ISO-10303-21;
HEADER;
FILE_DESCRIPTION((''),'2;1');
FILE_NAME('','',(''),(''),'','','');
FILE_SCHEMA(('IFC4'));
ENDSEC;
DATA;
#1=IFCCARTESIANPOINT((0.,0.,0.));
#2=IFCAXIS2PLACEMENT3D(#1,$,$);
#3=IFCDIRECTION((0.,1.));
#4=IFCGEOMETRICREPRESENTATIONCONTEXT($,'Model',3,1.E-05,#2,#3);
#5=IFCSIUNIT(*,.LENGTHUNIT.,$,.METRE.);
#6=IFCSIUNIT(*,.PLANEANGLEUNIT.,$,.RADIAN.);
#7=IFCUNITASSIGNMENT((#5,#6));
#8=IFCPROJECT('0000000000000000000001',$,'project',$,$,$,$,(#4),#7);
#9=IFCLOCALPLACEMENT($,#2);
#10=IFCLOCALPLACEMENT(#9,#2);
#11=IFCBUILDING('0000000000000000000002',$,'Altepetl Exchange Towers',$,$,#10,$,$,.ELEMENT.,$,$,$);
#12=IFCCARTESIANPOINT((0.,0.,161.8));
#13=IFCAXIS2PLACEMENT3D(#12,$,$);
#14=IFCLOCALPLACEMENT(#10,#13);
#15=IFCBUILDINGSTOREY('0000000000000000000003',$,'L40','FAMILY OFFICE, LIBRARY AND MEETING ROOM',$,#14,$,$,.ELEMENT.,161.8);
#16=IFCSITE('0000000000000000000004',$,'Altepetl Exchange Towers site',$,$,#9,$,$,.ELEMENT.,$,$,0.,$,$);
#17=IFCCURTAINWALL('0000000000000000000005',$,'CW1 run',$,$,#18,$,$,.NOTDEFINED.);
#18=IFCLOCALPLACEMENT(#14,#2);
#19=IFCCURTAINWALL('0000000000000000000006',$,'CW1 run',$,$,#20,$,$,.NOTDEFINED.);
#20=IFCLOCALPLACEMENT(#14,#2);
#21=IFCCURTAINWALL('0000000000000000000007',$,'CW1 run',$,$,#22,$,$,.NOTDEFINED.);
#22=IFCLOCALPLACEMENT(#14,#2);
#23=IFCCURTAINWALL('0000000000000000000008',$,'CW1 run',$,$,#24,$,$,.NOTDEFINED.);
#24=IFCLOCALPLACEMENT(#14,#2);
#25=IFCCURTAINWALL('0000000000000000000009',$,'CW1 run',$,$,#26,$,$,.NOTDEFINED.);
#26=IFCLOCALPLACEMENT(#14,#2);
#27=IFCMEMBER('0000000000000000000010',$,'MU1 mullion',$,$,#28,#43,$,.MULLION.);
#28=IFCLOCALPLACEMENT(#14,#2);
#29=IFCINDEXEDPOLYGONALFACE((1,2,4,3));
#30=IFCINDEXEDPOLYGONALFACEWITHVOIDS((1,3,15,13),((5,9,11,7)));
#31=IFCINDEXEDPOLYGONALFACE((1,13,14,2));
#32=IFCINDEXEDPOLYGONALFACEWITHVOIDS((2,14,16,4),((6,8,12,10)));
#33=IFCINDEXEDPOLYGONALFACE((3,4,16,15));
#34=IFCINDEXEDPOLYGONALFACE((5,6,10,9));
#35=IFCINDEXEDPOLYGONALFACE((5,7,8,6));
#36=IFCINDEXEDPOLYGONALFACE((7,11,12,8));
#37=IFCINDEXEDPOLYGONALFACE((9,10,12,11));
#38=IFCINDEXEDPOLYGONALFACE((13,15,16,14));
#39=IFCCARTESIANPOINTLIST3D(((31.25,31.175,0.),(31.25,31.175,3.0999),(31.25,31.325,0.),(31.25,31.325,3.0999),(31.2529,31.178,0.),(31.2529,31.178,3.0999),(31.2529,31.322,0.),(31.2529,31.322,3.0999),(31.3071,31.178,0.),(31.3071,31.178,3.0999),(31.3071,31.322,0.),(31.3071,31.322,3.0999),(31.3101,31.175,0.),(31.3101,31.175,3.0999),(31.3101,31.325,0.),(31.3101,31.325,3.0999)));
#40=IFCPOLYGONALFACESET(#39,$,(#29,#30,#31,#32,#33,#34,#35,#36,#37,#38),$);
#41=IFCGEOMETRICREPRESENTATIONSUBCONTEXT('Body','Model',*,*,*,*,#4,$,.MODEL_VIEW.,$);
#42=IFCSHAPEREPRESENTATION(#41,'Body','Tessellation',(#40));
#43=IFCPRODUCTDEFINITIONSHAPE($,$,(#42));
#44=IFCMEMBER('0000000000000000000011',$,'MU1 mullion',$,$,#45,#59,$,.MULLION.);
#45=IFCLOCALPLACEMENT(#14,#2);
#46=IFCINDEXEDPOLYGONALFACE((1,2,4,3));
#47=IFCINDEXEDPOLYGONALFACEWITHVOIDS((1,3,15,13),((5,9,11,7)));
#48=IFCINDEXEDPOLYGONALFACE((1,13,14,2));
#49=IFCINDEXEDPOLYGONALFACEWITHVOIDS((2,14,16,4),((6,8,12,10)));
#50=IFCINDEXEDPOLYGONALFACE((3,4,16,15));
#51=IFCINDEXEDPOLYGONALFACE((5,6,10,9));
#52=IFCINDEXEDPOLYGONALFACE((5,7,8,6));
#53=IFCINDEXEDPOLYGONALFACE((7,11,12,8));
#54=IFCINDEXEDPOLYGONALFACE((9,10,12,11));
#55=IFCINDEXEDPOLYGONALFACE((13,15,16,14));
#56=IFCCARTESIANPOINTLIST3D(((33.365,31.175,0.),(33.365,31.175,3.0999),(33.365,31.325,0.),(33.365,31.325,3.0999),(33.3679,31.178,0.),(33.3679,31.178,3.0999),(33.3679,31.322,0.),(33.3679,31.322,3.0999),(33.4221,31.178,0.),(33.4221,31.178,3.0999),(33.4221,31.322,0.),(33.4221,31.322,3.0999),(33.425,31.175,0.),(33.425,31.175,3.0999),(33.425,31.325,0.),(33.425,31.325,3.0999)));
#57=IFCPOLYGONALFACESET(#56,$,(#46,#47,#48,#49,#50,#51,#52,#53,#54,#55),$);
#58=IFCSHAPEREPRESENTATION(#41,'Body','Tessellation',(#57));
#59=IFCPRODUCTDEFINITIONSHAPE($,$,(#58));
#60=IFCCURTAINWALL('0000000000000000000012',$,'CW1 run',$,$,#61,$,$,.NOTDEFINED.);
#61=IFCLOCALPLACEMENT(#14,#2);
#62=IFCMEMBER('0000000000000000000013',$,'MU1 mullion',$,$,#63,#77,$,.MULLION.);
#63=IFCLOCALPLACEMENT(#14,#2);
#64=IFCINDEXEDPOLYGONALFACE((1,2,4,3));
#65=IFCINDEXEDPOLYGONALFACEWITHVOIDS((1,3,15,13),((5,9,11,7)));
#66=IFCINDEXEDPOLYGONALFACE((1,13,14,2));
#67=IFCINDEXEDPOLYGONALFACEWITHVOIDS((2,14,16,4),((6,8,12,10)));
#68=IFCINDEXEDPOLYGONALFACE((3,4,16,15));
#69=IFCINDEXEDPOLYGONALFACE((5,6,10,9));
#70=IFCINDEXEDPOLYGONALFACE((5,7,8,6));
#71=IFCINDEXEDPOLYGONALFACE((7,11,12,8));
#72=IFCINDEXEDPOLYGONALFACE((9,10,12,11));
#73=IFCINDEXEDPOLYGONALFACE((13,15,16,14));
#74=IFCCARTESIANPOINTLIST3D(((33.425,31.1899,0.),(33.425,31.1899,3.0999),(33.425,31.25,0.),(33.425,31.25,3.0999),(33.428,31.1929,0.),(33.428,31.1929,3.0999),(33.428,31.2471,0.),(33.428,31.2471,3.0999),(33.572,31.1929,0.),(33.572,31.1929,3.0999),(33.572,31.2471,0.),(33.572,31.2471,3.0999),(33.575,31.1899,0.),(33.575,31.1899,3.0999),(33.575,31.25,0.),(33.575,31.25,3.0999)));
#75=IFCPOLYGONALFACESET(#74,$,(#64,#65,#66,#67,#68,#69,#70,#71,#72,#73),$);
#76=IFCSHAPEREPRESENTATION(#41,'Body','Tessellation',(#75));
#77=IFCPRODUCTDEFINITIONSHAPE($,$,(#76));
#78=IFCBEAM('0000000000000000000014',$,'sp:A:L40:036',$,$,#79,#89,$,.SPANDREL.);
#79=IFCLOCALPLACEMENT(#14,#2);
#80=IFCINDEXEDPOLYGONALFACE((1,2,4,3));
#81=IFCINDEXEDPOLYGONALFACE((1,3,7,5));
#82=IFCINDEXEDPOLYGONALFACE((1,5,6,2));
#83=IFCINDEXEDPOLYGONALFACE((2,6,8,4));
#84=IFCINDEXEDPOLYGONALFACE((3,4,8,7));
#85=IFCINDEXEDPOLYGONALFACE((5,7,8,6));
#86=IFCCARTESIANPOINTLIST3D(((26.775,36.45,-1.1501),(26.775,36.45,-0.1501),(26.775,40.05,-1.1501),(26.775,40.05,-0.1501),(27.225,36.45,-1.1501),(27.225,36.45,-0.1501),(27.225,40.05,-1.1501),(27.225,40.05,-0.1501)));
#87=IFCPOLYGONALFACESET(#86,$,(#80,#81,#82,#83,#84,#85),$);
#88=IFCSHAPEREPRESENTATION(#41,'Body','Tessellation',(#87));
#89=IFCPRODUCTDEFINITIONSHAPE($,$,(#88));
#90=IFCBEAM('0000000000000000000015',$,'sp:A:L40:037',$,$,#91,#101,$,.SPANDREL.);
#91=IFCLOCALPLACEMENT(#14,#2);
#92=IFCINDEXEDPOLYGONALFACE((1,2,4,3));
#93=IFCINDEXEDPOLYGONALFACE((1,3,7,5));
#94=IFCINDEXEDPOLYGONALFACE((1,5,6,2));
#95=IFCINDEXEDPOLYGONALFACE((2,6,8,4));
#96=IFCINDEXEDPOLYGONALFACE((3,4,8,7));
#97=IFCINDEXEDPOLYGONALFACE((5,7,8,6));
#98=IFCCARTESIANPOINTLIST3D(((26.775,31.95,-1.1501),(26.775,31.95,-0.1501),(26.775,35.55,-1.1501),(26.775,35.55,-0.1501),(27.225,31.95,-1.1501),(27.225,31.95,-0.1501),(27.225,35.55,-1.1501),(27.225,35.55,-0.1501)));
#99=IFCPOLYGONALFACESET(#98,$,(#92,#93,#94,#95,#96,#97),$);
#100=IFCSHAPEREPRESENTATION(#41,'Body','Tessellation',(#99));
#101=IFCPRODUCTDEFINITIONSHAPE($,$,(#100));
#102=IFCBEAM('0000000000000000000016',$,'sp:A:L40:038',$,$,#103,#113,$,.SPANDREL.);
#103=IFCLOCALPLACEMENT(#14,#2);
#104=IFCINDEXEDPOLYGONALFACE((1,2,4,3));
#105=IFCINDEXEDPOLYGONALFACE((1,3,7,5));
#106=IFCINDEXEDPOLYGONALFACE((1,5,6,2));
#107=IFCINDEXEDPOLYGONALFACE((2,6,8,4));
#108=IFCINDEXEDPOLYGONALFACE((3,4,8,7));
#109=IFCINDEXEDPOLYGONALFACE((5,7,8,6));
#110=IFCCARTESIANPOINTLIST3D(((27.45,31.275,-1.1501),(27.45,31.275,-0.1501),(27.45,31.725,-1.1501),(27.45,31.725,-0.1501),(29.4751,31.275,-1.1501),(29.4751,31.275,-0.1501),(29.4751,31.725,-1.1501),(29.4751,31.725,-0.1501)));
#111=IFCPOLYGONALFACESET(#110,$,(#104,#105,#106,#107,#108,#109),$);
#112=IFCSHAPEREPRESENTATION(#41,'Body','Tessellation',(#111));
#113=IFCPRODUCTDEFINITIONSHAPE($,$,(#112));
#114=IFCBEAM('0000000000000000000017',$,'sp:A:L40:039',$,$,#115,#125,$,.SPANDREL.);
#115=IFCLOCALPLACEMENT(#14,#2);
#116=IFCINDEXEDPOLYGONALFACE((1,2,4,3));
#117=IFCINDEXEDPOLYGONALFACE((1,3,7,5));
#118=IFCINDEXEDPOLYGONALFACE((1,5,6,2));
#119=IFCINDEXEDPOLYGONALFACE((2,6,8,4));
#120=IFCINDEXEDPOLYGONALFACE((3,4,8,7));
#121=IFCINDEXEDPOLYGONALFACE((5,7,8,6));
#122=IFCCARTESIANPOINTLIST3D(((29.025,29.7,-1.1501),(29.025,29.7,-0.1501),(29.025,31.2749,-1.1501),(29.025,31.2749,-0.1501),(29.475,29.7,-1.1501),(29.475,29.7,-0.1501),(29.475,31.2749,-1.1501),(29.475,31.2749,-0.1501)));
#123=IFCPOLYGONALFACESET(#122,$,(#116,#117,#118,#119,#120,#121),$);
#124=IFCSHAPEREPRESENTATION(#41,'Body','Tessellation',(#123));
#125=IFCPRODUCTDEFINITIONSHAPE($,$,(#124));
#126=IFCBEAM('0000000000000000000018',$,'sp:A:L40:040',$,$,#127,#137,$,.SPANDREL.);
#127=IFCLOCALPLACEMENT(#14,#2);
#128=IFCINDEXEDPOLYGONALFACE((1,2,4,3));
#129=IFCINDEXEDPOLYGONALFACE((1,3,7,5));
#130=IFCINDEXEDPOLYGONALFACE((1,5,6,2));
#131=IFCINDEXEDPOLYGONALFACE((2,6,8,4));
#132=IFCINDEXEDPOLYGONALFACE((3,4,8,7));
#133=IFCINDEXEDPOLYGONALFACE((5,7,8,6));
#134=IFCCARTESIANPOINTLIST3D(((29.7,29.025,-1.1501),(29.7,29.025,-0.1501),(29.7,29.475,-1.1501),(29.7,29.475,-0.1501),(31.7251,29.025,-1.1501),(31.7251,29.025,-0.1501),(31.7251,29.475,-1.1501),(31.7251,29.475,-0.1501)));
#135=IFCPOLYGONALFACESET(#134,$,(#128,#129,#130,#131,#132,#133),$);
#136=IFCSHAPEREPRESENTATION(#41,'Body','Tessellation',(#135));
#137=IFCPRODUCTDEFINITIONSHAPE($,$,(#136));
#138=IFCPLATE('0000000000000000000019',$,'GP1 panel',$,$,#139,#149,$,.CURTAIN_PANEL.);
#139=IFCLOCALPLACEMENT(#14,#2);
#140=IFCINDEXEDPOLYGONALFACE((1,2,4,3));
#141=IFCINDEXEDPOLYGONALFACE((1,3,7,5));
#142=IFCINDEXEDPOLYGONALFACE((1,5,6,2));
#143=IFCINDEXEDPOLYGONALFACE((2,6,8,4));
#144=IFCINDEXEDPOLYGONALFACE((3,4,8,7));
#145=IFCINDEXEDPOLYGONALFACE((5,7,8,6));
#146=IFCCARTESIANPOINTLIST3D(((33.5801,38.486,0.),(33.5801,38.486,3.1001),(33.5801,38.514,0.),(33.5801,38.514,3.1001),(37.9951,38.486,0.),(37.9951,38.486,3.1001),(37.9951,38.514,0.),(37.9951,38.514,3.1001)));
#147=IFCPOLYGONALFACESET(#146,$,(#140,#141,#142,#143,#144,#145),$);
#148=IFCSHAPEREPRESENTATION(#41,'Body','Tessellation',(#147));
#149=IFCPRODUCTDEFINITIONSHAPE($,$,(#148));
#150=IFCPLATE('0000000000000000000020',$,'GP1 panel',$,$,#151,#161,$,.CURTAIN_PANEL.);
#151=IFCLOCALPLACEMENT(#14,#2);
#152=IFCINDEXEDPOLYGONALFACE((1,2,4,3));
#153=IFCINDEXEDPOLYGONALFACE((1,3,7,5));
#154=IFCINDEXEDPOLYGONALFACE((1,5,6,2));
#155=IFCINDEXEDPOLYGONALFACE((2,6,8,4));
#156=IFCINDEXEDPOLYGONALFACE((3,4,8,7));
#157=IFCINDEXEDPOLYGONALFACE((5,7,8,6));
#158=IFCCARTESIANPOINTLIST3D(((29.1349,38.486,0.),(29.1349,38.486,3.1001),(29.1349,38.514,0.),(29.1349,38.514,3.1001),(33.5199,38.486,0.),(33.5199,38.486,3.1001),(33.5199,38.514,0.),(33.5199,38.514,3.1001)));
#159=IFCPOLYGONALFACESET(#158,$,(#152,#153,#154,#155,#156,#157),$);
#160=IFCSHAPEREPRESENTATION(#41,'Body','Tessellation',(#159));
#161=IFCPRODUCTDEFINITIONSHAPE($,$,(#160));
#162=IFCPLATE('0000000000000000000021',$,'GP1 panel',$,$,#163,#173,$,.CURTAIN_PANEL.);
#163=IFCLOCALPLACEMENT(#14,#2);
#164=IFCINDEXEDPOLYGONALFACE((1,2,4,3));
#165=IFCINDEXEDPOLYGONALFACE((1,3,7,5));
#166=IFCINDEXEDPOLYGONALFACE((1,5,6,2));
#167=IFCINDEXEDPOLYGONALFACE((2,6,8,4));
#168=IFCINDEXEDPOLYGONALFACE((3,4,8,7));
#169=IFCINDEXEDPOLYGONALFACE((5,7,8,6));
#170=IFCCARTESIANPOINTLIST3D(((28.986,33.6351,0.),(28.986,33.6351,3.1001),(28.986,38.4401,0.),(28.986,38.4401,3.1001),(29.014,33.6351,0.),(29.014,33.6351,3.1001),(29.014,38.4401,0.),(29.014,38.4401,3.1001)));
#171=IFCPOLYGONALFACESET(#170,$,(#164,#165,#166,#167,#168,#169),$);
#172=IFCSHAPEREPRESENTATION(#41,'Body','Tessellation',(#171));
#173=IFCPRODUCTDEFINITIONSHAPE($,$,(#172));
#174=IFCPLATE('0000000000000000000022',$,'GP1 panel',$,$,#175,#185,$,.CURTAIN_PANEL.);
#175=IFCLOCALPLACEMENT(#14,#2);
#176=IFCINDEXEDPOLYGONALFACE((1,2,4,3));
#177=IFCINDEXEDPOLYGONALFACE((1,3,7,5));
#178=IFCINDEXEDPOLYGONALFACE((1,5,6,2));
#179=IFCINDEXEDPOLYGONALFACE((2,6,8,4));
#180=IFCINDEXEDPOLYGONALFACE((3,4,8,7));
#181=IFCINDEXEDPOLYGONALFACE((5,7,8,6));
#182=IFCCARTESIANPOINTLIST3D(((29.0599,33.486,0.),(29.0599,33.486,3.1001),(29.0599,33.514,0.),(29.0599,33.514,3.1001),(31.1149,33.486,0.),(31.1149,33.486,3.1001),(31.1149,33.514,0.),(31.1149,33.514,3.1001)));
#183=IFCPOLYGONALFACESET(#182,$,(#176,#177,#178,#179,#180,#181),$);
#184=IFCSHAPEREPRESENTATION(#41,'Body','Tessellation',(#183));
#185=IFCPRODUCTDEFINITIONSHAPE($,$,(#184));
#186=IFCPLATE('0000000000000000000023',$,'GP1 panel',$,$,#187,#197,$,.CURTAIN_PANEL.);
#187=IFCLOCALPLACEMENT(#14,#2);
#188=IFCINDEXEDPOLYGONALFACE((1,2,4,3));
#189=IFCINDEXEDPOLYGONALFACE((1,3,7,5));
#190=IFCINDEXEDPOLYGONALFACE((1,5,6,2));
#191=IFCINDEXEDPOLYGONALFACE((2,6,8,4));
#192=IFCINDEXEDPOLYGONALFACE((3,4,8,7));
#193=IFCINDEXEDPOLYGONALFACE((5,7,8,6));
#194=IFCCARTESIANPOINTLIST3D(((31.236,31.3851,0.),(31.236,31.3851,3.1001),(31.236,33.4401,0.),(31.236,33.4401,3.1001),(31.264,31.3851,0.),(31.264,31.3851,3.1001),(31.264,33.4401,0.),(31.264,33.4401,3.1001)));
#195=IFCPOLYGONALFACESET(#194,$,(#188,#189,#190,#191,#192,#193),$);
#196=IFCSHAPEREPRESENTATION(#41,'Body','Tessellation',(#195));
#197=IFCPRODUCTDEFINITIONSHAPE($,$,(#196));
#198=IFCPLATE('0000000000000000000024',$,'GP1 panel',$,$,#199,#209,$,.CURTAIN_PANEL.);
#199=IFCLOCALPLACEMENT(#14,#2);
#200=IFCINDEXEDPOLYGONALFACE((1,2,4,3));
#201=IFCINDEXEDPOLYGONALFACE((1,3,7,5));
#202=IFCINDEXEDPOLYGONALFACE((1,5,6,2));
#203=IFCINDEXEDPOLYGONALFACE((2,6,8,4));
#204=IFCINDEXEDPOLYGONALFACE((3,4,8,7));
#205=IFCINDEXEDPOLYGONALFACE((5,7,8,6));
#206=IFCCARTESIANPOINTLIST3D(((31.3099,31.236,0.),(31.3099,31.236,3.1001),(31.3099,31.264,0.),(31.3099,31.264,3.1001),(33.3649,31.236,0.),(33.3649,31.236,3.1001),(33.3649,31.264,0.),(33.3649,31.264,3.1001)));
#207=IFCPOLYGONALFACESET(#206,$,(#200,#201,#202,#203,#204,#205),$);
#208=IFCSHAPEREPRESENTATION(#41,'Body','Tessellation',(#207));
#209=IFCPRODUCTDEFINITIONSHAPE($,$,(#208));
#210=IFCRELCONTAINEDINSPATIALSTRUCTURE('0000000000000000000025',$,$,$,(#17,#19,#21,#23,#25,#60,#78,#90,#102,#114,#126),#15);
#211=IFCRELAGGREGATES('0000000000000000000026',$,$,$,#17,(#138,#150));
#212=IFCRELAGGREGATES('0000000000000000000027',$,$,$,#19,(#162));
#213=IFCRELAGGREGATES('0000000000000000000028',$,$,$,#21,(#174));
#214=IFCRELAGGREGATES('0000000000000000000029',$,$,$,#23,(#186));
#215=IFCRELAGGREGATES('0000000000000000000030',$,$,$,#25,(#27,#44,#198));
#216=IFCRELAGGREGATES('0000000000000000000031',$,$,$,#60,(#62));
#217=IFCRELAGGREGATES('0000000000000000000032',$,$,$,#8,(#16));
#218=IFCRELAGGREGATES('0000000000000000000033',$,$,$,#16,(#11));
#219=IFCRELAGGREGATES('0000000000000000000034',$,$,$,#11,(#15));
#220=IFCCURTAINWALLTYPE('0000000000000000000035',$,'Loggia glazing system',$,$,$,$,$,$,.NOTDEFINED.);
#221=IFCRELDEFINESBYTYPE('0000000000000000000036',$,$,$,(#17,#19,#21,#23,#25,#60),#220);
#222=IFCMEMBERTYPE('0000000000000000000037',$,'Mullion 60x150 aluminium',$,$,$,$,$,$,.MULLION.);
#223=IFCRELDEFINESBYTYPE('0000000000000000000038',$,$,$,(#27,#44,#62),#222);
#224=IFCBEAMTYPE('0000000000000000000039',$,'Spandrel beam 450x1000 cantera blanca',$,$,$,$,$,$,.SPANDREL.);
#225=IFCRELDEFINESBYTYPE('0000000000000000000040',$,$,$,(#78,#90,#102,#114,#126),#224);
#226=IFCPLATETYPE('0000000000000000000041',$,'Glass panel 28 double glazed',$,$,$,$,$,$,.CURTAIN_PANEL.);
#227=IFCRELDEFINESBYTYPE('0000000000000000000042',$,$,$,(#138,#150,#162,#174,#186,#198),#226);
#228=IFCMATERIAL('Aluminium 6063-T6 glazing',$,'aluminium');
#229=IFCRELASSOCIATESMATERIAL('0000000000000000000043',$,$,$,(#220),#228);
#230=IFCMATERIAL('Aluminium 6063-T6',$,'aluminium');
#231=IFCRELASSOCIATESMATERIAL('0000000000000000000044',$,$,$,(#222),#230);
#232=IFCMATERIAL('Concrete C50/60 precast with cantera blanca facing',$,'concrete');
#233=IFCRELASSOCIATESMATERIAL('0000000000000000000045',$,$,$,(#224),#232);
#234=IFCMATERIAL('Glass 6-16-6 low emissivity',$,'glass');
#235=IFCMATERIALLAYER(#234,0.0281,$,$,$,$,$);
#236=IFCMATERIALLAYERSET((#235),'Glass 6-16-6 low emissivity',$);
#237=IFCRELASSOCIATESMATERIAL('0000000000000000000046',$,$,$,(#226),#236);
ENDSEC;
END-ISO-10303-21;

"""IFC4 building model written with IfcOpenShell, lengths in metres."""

from ifc_helpers import new_model, si_unit, direction, frame, origin, origin_2d, place, context, subcontext, project, spatial, rectangle, hollow_rectangle, extrude, material, layer, layer_set, material_profile, profile_set, type_object, element, aggregate, save


model = new_model("IFC4")

# Units and contexts
model_context = context("Model", 3, precision=1e-05, world=origin(), true_north=direction((0.0, 1.0)))
body_context = subcontext(model_context, "Body", "Model", "MODEL_VIEW")
ifc_project = project(units=[si_unit("LENGTHUNIT", "METRE"), si_unit("PLANEANGLEUNIT", "RADIAN")], contexts=[model_context])

# Site, building, storey
site_placement = place(None, origin())
site = spatial("IfcSite", under=ifc_project, at=site_placement, Name="Altepetl Exchange Towers site", CompositionType="ELEMENT", RefElevation=0.0)
building_placement = place(site_placement, origin())
building = spatial("IfcBuilding", under=site, at=building_placement, Name="Altepetl Exchange Towers", CompositionType="ELEMENT")
storey_placement = place(building_placement, frame((0.0, 0.0, 161.8)))
storey = spatial("IfcBuildingStorey", under=building, at=storey_placement, Name="L40", Description="FAMILY OFFICE, LIBRARY AND MEETING ROOM", CompositionType="ELEMENT", Elevation=161.8)

# Curtain walls, members
ifc_material_1 = material(Name="Aluminium 6063-T6 glazing", Category="aluminium")
curtain_wall_type = type_object("IfcCurtainWallType", Name="Loggia glazing system", PredefinedType="NOTDEFINED", material=ifc_material_1)
curtain_wall_1_placement = place(storey_placement, origin())
curtain_wall_1 = element("IfcCurtainWall", 1, at=curtain_wall_1_placement, inside=storey, type_object=curtain_wall_type, Name="CW1 run", PredefinedType="NOTDEFINED")
ifc_material_2 = material(Name="Aluminium 6063-T6", Category="aluminium")
ifc_material_profile_1 = material_profile(ifc_material_2, hollow_rectangle(XDim=0.0601, YDim=0.1499, WallThickness=0.0029, at=origin_2d()), Name="Mullion 60x150 aluminium")
ifc_profile_set_1 = profile_set([ifc_material_profile_1], Name="Aluminium 6063-T6")
member_type = type_object("IfcMemberType", Name="Mullion 60x150 aluminium", PredefinedType="MULLION", material=ifc_profile_set_1)
curtain_wall_2_placement = place(storey_placement, origin())
curtain_wall_2 = element("IfcCurtainWall", 2, at=curtain_wall_2_placement, inside=storey, type_object=curtain_wall_type, Name="CW1 run", PredefinedType="NOTDEFINED")
curtain_wall_3_placement = place(storey_placement, origin())
curtain_wall_3 = element("IfcCurtainWall", 3, at=curtain_wall_3_placement, inside=storey, type_object=curtain_wall_type, Name="CW1 run", PredefinedType="NOTDEFINED")
curtain_wall_4_placement = place(storey_placement, origin())
curtain_wall_4 = element("IfcCurtainWall", 4, at=curtain_wall_4_placement, inside=storey, type_object=curtain_wall_type, Name="CW1 run", PredefinedType="NOTDEFINED")
curtain_wall_5_placement = place(storey_placement, origin())
curtain_wall_5 = element("IfcCurtainWall", 5, at=curtain_wall_5_placement, inside=storey, type_object=curtain_wall_type, Name="CW1 run", PredefinedType="NOTDEFINED")
member_1_placement = place(storey_placement, frame((31.28, 31.25, 0.0)))
member_1 = element("IfcMember", 6, at=member_1_placement, type_object=member_type, Name="MU1 mullion", PredefinedType="MULLION", context=body_context, shape_type="SweptSolid", body=[
    extrude(hollow_rectangle(XDim=0.0601, YDim=0.1499, WallThickness=0.0029, at=origin_2d()), origin(), (0.0, 0.0, 1.0), 3.0999),
])
member_2_placement = place(storey_placement, frame((33.395, 31.25, 0.0)))
member_2 = element("IfcMember", 7, at=member_2_placement, type_object=member_type, Name="MU1 mullion", PredefinedType="MULLION", context=body_context, shape_type="SweptSolid", body=[
    extrude(hollow_rectangle(XDim=0.0601, YDim=0.1499, WallThickness=0.0029, at=origin_2d()), origin(), (0.0, 0.0, 1.0), 3.0999),
])

# Curtain wall, member
curtain_wall_6_placement = place(storey_placement, origin())
curtain_wall_6 = element("IfcCurtainWall", 8, at=curtain_wall_6_placement, inside=storey, type_object=curtain_wall_type, Name="CW1 run", PredefinedType="NOTDEFINED")
member_3_placement = place(storey_placement, frame((33.5, 31.22, 0.0), z_axis=(0.0, 0.0, 1.0), x_axis=(0.0, -1.0, 0.0)))
member_3 = element("IfcMember", 9, at=member_3_placement, type_object=member_type, Name="MU1 mullion", PredefinedType="MULLION", context=body_context, shape_type="SweptSolid", body=[
    extrude(hollow_rectangle(XDim=0.0601, YDim=0.1499, WallThickness=0.0029, at=origin_2d()), origin(), (0.0, 0.0, 1.0), 3.0999),
])

# Beams
ifc_material_3 = material(Name="Concrete C50/60 precast with cantera blanca facing", Category="concrete")
ifc_material_profile_2 = material_profile(ifc_material_3, rectangle(XDim=0.45, YDim=1.0, at=origin_2d()), Name="450 x 1000")
ifc_profile_set_2 = profile_set([ifc_material_profile_2], Name="Concrete C50/60 precast with cantera blanca facing")
beam_type_1 = type_object("IfcBeamType", Name="Spandrel beam 450x1000 cantera blanca", PredefinedType="SPANDREL", material=ifc_profile_set_2)
for number, where, z_axis, x_axis, name in (
    (10, (27.0, 40.05, -0.6501), (0.0, -1.0, 0.0), (1.0, 0.0, 0.0), "sp:A:L40:036"),
    (11, (27.0, 35.55, -0.6501), (0.0, -1.0, 0.0), (1.0, 0.0, 0.0), "sp:A:L40:037"),
):
    element("IfcBeam", number, at=place(storey_placement, frame(where, z_axis=z_axis, x_axis=x_axis)), inside=storey, type_object=beam_type_1, Name=name, PredefinedType="SPANDREL", context=body_context, shape_type="SweptSolid", body=[
        extrude(rectangle(XDim=0.45, YDim=1.0, at=origin_2d()), origin(), (0.0, 0.0, 1.0), 3.6001),
    ])
beam_1_placement = place(storey_placement, frame((27.45, 31.5, -0.6501), z_axis=(1.0, 0.0, 0.0), x_axis=(0.0, 1.0, 0.0)))
element("IfcBeam", 12, at=beam_1_placement, inside=storey, type_object=beam_type_1, Name="sp:A:L40:038", PredefinedType="SPANDREL", context=body_context, shape_type="SweptSolid", body=[
    extrude(rectangle(XDim=0.45, YDim=1.0, at=origin_2d()), origin(), (0.0, 0.0, 1.0), 2.0251),
])
beam_2_placement = place(storey_placement, frame((29.25, 31.2749, -0.6501), z_axis=(0.0, -1.0, 0.0), x_axis=(1.0, 0.0, 0.0)))
element("IfcBeam", 13, at=beam_2_placement, inside=storey, type_object=beam_type_1, Name="sp:A:L40:039", PredefinedType="SPANDREL", context=body_context, shape_type="SweptSolid", body=[
    extrude(rectangle(XDim=0.45, YDim=1.0, at=origin_2d()), origin(), (0.0, 0.0, 1.0), 1.575),
])
beam_3_placement = place(storey_placement, frame((29.7, 29.25, -0.6501), z_axis=(1.0, 0.0, 0.0), x_axis=(0.0, 1.0, 0.0)))
element("IfcBeam", 14, at=beam_3_placement, inside=storey, type_object=beam_type_1, Name="sp:A:L40:040", PredefinedType="SPANDREL", context=body_context, shape_type="SweptSolid", body=[
    extrude(rectangle(XDim=0.45, YDim=1.0, at=origin_2d()), origin(), (0.0, 0.0, 1.0), 2.0251),
])

# Plates
ifc_material_4 = material(Name="Glass 6-16-6 low emissivity", Category="glass")
ifc_layer = layer(ifc_material_4, 0.0281)
ifc_layer_set = layer_set([ifc_layer], Name="Glass 6-16-6 low emissivity")
plate_type = type_object("IfcPlateType", Name="Glass panel 28 double glazed", PredefinedType="CURTAIN_PANEL", material=ifc_layer_set)
plate_1_placement = place(storey_placement, frame((35.7876, 38.5, 0.0), z_axis=(0.0, 0.0, 1.0), x_axis=(-1.0, 0.0, 0.0)))
plate_1 = element("IfcPlate", 15, at=plate_1_placement, type_object=plate_type, Name="GP1 panel", PredefinedType="CURTAIN_PANEL", context=body_context, shape_type="SweptSolid", body=[
    extrude(rectangle(XDim=4.415, YDim=0.0281, at=origin_2d()), origin(), (0.0, 0.0, 1.0), 3.1001),
])
plate_2_placement = place(storey_placement, frame((31.3274, 38.5, 0.0), z_axis=(0.0, 0.0, 1.0), x_axis=(-1.0, 0.0, 0.0)))
plate_2 = element("IfcPlate", 16, at=plate_2_placement, type_object=plate_type, Name="GP1 panel", PredefinedType="CURTAIN_PANEL", context=body_context, shape_type="SweptSolid", body=[
    extrude(rectangle(XDim=4.385, YDim=0.0281, at=origin_2d()), origin(), (0.0, 0.0, 1.0), 3.1001),
])
aggregate(curtain_wall_1, [plate_1, plate_2])
plate_3_placement = place(storey_placement, frame((29.0, 36.0376, 0.0), z_axis=(0.0, 0.0, 1.0), x_axis=(0.0, -1.0, 0.0)))
plate_3 = element("IfcPlate", 17, at=plate_3_placement, type_object=plate_type, Name="GP1 panel", PredefinedType="CURTAIN_PANEL", context=body_context, shape_type="SweptSolid", body=[
    extrude(rectangle(XDim=4.8049, YDim=0.0281, at=origin_2d()), origin(), (0.0, 0.0, 1.0), 3.1001),
])
aggregate(curtain_wall_2, [plate_3])
plate_4_placement = place(storey_placement, frame((30.0874, 33.5, 0.0)))
plate_4 = element("IfcPlate", 18, at=plate_4_placement, type_object=plate_type, Name="GP1 panel", PredefinedType="CURTAIN_PANEL", context=body_context, shape_type="SweptSolid", body=[
    extrude(rectangle(XDim=2.0549, YDim=0.0281, at=origin_2d()), origin(), (0.0, 0.0, 1.0), 3.1001),
])
aggregate(curtain_wall_3, [plate_4])
plate_5_placement = place(storey_placement, frame((31.25, 32.4126, 0.0), z_axis=(0.0, 0.0, 1.0), x_axis=(0.0, -1.0, 0.0)))
plate_5 = element("IfcPlate", 19, at=plate_5_placement, type_object=plate_type, Name="GP1 panel", PredefinedType="CURTAIN_PANEL", context=body_context, shape_type="SweptSolid", body=[
    extrude(rectangle(XDim=2.0549, YDim=0.0281, at=origin_2d()), origin(), (0.0, 0.0, 1.0), 3.1001),
])
aggregate(curtain_wall_4, [plate_5])
plate_6_placement = place(storey_placement, frame((32.3374, 31.25, 0.0)))
plate_6 = element("IfcPlate", 20, at=plate_6_placement, type_object=plate_type, Name="GP1 panel", PredefinedType="CURTAIN_PANEL", context=body_context, shape_type="SweptSolid", body=[
    extrude(rectangle(XDim=2.0549, YDim=0.0281, at=origin_2d()), origin(), (0.0, 0.0, 1.0), 3.1001),
])
aggregate(curtain_wall_5, [member_1, member_2, plate_6])
aggregate(curtain_wall_6, [member_3])

save(model, "model.ifc")
